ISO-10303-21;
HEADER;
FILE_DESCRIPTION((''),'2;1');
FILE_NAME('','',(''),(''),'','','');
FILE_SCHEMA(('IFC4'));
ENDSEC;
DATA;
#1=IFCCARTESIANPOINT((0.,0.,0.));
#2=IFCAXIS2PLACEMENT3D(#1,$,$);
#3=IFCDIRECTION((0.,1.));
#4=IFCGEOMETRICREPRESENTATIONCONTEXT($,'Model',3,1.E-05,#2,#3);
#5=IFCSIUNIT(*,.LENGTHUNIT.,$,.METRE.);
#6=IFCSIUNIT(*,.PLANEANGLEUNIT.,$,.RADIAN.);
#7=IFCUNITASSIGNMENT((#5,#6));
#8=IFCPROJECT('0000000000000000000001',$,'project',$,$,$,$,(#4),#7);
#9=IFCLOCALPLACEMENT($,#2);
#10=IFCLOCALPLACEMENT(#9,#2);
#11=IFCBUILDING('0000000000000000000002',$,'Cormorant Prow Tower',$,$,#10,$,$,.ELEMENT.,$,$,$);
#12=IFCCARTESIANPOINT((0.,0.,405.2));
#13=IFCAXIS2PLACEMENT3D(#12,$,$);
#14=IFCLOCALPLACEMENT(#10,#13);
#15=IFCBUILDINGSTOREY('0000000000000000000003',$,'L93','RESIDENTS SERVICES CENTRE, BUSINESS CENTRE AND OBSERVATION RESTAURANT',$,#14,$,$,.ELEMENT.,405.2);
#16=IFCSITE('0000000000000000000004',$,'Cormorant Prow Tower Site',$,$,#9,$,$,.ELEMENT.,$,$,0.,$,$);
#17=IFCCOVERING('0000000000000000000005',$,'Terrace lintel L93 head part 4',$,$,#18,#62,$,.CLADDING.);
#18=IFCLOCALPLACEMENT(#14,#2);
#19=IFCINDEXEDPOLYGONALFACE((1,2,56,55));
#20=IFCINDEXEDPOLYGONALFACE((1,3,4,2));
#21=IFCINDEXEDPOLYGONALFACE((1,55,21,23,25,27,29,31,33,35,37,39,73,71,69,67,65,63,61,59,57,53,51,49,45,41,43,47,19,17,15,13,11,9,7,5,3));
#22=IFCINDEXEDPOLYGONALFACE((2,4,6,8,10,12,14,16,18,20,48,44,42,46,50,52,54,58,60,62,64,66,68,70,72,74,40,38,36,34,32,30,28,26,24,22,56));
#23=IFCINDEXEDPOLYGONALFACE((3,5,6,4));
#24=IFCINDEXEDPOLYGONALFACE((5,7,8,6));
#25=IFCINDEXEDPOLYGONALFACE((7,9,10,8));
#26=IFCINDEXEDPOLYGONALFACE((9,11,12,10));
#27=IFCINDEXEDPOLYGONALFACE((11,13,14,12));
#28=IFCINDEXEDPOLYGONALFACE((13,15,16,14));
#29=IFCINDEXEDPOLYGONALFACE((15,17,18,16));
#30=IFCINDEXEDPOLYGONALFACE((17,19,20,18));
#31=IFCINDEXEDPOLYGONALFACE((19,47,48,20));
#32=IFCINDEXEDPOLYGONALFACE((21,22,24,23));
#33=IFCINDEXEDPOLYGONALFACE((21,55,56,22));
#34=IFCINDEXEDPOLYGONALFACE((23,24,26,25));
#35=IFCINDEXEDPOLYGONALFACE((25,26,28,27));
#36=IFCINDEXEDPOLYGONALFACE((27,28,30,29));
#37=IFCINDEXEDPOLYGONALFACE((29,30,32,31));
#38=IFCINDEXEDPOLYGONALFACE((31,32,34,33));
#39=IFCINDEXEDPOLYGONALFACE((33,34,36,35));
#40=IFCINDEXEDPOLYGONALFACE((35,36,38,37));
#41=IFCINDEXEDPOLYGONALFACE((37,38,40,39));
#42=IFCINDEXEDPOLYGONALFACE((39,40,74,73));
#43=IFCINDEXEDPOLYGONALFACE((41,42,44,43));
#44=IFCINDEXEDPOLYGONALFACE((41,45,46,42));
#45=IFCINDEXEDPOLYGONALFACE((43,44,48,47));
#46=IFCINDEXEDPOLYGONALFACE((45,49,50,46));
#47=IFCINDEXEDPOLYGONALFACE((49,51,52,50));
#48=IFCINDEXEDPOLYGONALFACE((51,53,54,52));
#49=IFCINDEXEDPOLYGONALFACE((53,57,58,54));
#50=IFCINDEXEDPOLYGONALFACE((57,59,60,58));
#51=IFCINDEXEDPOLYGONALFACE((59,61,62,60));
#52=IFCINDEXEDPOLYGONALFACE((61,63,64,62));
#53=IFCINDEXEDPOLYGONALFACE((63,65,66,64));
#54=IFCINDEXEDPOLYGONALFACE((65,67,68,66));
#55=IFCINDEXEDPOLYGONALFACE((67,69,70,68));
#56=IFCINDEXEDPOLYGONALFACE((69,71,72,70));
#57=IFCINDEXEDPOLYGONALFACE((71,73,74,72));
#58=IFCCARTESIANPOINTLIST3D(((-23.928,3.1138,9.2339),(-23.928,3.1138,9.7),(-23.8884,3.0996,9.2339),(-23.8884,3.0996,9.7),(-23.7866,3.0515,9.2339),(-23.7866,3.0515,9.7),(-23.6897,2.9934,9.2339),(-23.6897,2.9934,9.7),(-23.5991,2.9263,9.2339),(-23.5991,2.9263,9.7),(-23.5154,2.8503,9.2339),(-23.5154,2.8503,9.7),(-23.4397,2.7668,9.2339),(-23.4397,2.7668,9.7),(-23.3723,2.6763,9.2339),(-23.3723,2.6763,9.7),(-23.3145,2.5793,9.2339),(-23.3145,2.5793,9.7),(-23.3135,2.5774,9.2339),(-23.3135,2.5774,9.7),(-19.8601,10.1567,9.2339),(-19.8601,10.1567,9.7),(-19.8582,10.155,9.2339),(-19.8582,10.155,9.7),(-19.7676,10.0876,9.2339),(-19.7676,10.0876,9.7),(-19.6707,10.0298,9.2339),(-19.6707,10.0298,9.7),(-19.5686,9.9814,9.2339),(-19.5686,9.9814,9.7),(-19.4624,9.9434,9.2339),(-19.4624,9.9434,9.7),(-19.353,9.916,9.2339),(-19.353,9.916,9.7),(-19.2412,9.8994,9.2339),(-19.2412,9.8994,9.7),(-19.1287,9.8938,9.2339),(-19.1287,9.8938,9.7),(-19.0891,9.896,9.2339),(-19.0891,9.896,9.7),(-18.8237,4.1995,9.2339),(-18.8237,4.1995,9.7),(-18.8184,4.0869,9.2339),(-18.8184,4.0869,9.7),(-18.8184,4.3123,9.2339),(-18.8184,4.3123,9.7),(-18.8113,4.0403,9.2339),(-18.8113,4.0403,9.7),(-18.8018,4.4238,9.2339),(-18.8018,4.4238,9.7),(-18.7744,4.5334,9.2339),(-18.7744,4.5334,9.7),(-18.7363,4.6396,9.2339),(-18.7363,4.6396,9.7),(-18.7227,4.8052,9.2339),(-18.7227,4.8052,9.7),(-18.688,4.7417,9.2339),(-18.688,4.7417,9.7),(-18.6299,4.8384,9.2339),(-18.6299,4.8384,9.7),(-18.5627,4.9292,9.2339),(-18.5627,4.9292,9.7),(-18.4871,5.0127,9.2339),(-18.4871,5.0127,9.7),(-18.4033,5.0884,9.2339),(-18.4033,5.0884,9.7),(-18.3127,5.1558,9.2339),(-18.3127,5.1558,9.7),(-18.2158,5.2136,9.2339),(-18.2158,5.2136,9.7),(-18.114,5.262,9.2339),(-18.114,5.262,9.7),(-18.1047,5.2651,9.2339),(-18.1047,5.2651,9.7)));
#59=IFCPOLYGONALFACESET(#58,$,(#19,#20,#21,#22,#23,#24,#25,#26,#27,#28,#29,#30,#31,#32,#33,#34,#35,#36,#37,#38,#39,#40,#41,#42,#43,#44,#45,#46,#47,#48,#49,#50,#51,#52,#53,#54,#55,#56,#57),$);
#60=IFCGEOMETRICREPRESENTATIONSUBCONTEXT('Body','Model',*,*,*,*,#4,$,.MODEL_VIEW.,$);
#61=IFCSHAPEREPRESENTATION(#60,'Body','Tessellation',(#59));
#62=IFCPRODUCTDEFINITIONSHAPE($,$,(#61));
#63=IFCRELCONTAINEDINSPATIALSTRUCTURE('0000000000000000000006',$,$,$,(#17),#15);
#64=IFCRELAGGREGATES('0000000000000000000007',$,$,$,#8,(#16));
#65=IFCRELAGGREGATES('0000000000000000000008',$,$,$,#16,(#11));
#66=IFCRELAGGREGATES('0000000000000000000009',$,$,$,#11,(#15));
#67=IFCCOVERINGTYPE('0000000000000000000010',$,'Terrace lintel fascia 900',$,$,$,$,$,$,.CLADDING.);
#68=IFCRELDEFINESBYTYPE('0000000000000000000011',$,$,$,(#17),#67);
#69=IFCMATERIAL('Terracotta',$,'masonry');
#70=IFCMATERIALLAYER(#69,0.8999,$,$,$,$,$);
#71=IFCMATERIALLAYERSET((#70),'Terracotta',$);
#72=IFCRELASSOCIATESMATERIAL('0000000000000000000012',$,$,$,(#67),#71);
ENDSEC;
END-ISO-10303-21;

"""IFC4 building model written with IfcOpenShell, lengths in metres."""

from ifc_helpers import new_model, si_unit, direction, frame, origin, place, context, subcontext, project, spatial, polyline, outline, extrude, material, layer, layer_set, type_object, element, save


model = new_model("IFC4")

# Units and contexts
model_context = context("Model", 3, precision=1e-05, world=origin(), true_north=direction((0.0, 1.0)))
body_context = subcontext(model_context, "Body", "Model", "MODEL_VIEW")
ifc_project = project(units=[si_unit("LENGTHUNIT", "METRE"), si_unit("PLANEANGLEUNIT", "RADIAN")], contexts=[model_context])

# Site, building, storey
site_placement = place(None, origin())
site = spatial("IfcSite", under=ifc_project, at=site_placement, Name="Cormorant Prow Tower Site", CompositionType="ELEMENT", RefElevation=0.0)
building_placement = place(site_placement, origin())
building = spatial("IfcBuilding", under=site, at=building_placement, Name="Cormorant Prow Tower", CompositionType="ELEMENT")
storey_placement = place(building_placement, frame((0.0, 0.0, 405.2)))
storey = spatial("IfcBuildingStorey", under=building, at=storey_placement, Name="L93", Description="RESIDENTS SERVICES CENTRE, BUSINESS CENTRE AND OBSERVATION RESTAURANT", CompositionType="ELEMENT", Elevation=405.2)

# Covering
ifc_material_1 = material(Name="Terracotta", Category="masonry")
ifc_layer_1 = layer(ifc_material_1, 0.8999)
ifc_layer_set_1 = layer_set([ifc_layer_1], Name="Terracotta")
covering_type = type_object("IfcCoveringType", Name="Terrace lintel fascia 900", PredefinedType="CLADDING", material=ifc_layer_set_1)
covering_1_placement = place(storey_placement, frame((0.0, 0.0, 9.2339)))
element("IfcCovering", 1, at=covering_1_placement, inside=storey, type_object=covering_type, Name="Terrace lintel L93 head part 4", PredefinedType="CLADDING", context=body_context, shape_type="SweptSolid", body=[
    extrude(outline(polyline([(-18.114, 5.262), (-18.2158, 5.2136), (-18.3127, 5.1558), (-18.4033, 5.0884), (-18.4871, 5.0127), (-18.5627, 4.9292), (-18.6299, 4.8384), (-18.688, 4.7417), (-18.7363, 4.6396), (-18.7744, 4.5334), (-18.8018, 4.4238), (-18.8184, 4.3123), (-18.8237, 4.1995), (-18.8184, 4.0869), (-18.8113, 4.0403), (-23.3135, 2.5774), (-23.3145, 2.5793), (-23.3723, 2.6763), (-23.4397, 2.7668), (-23.5154, 2.8503), (-23.5991, 2.9263), (-23.6897, 2.9934), (-23.7866, 3.0515), (-23.8884, 3.0996), (-23.928, 3.1138), (-18.7227, 4.8052), (-19.8601, 10.1567), (-19.8582, 10.155), (-19.7676, 10.0876), (-19.6707, 10.0298), (-19.5686, 9.9814), (-19.4624, 9.9434), (-19.353, 9.916), (-19.2412, 9.8994), (-19.1287, 9.8938), (-19.0891, 9.896), (-18.1047, 5.2651), (-18.114, 5.262)])), origin(), (0.0, 0.0, 1.0), 0.4661),
])

save(model, "model.ifc")
